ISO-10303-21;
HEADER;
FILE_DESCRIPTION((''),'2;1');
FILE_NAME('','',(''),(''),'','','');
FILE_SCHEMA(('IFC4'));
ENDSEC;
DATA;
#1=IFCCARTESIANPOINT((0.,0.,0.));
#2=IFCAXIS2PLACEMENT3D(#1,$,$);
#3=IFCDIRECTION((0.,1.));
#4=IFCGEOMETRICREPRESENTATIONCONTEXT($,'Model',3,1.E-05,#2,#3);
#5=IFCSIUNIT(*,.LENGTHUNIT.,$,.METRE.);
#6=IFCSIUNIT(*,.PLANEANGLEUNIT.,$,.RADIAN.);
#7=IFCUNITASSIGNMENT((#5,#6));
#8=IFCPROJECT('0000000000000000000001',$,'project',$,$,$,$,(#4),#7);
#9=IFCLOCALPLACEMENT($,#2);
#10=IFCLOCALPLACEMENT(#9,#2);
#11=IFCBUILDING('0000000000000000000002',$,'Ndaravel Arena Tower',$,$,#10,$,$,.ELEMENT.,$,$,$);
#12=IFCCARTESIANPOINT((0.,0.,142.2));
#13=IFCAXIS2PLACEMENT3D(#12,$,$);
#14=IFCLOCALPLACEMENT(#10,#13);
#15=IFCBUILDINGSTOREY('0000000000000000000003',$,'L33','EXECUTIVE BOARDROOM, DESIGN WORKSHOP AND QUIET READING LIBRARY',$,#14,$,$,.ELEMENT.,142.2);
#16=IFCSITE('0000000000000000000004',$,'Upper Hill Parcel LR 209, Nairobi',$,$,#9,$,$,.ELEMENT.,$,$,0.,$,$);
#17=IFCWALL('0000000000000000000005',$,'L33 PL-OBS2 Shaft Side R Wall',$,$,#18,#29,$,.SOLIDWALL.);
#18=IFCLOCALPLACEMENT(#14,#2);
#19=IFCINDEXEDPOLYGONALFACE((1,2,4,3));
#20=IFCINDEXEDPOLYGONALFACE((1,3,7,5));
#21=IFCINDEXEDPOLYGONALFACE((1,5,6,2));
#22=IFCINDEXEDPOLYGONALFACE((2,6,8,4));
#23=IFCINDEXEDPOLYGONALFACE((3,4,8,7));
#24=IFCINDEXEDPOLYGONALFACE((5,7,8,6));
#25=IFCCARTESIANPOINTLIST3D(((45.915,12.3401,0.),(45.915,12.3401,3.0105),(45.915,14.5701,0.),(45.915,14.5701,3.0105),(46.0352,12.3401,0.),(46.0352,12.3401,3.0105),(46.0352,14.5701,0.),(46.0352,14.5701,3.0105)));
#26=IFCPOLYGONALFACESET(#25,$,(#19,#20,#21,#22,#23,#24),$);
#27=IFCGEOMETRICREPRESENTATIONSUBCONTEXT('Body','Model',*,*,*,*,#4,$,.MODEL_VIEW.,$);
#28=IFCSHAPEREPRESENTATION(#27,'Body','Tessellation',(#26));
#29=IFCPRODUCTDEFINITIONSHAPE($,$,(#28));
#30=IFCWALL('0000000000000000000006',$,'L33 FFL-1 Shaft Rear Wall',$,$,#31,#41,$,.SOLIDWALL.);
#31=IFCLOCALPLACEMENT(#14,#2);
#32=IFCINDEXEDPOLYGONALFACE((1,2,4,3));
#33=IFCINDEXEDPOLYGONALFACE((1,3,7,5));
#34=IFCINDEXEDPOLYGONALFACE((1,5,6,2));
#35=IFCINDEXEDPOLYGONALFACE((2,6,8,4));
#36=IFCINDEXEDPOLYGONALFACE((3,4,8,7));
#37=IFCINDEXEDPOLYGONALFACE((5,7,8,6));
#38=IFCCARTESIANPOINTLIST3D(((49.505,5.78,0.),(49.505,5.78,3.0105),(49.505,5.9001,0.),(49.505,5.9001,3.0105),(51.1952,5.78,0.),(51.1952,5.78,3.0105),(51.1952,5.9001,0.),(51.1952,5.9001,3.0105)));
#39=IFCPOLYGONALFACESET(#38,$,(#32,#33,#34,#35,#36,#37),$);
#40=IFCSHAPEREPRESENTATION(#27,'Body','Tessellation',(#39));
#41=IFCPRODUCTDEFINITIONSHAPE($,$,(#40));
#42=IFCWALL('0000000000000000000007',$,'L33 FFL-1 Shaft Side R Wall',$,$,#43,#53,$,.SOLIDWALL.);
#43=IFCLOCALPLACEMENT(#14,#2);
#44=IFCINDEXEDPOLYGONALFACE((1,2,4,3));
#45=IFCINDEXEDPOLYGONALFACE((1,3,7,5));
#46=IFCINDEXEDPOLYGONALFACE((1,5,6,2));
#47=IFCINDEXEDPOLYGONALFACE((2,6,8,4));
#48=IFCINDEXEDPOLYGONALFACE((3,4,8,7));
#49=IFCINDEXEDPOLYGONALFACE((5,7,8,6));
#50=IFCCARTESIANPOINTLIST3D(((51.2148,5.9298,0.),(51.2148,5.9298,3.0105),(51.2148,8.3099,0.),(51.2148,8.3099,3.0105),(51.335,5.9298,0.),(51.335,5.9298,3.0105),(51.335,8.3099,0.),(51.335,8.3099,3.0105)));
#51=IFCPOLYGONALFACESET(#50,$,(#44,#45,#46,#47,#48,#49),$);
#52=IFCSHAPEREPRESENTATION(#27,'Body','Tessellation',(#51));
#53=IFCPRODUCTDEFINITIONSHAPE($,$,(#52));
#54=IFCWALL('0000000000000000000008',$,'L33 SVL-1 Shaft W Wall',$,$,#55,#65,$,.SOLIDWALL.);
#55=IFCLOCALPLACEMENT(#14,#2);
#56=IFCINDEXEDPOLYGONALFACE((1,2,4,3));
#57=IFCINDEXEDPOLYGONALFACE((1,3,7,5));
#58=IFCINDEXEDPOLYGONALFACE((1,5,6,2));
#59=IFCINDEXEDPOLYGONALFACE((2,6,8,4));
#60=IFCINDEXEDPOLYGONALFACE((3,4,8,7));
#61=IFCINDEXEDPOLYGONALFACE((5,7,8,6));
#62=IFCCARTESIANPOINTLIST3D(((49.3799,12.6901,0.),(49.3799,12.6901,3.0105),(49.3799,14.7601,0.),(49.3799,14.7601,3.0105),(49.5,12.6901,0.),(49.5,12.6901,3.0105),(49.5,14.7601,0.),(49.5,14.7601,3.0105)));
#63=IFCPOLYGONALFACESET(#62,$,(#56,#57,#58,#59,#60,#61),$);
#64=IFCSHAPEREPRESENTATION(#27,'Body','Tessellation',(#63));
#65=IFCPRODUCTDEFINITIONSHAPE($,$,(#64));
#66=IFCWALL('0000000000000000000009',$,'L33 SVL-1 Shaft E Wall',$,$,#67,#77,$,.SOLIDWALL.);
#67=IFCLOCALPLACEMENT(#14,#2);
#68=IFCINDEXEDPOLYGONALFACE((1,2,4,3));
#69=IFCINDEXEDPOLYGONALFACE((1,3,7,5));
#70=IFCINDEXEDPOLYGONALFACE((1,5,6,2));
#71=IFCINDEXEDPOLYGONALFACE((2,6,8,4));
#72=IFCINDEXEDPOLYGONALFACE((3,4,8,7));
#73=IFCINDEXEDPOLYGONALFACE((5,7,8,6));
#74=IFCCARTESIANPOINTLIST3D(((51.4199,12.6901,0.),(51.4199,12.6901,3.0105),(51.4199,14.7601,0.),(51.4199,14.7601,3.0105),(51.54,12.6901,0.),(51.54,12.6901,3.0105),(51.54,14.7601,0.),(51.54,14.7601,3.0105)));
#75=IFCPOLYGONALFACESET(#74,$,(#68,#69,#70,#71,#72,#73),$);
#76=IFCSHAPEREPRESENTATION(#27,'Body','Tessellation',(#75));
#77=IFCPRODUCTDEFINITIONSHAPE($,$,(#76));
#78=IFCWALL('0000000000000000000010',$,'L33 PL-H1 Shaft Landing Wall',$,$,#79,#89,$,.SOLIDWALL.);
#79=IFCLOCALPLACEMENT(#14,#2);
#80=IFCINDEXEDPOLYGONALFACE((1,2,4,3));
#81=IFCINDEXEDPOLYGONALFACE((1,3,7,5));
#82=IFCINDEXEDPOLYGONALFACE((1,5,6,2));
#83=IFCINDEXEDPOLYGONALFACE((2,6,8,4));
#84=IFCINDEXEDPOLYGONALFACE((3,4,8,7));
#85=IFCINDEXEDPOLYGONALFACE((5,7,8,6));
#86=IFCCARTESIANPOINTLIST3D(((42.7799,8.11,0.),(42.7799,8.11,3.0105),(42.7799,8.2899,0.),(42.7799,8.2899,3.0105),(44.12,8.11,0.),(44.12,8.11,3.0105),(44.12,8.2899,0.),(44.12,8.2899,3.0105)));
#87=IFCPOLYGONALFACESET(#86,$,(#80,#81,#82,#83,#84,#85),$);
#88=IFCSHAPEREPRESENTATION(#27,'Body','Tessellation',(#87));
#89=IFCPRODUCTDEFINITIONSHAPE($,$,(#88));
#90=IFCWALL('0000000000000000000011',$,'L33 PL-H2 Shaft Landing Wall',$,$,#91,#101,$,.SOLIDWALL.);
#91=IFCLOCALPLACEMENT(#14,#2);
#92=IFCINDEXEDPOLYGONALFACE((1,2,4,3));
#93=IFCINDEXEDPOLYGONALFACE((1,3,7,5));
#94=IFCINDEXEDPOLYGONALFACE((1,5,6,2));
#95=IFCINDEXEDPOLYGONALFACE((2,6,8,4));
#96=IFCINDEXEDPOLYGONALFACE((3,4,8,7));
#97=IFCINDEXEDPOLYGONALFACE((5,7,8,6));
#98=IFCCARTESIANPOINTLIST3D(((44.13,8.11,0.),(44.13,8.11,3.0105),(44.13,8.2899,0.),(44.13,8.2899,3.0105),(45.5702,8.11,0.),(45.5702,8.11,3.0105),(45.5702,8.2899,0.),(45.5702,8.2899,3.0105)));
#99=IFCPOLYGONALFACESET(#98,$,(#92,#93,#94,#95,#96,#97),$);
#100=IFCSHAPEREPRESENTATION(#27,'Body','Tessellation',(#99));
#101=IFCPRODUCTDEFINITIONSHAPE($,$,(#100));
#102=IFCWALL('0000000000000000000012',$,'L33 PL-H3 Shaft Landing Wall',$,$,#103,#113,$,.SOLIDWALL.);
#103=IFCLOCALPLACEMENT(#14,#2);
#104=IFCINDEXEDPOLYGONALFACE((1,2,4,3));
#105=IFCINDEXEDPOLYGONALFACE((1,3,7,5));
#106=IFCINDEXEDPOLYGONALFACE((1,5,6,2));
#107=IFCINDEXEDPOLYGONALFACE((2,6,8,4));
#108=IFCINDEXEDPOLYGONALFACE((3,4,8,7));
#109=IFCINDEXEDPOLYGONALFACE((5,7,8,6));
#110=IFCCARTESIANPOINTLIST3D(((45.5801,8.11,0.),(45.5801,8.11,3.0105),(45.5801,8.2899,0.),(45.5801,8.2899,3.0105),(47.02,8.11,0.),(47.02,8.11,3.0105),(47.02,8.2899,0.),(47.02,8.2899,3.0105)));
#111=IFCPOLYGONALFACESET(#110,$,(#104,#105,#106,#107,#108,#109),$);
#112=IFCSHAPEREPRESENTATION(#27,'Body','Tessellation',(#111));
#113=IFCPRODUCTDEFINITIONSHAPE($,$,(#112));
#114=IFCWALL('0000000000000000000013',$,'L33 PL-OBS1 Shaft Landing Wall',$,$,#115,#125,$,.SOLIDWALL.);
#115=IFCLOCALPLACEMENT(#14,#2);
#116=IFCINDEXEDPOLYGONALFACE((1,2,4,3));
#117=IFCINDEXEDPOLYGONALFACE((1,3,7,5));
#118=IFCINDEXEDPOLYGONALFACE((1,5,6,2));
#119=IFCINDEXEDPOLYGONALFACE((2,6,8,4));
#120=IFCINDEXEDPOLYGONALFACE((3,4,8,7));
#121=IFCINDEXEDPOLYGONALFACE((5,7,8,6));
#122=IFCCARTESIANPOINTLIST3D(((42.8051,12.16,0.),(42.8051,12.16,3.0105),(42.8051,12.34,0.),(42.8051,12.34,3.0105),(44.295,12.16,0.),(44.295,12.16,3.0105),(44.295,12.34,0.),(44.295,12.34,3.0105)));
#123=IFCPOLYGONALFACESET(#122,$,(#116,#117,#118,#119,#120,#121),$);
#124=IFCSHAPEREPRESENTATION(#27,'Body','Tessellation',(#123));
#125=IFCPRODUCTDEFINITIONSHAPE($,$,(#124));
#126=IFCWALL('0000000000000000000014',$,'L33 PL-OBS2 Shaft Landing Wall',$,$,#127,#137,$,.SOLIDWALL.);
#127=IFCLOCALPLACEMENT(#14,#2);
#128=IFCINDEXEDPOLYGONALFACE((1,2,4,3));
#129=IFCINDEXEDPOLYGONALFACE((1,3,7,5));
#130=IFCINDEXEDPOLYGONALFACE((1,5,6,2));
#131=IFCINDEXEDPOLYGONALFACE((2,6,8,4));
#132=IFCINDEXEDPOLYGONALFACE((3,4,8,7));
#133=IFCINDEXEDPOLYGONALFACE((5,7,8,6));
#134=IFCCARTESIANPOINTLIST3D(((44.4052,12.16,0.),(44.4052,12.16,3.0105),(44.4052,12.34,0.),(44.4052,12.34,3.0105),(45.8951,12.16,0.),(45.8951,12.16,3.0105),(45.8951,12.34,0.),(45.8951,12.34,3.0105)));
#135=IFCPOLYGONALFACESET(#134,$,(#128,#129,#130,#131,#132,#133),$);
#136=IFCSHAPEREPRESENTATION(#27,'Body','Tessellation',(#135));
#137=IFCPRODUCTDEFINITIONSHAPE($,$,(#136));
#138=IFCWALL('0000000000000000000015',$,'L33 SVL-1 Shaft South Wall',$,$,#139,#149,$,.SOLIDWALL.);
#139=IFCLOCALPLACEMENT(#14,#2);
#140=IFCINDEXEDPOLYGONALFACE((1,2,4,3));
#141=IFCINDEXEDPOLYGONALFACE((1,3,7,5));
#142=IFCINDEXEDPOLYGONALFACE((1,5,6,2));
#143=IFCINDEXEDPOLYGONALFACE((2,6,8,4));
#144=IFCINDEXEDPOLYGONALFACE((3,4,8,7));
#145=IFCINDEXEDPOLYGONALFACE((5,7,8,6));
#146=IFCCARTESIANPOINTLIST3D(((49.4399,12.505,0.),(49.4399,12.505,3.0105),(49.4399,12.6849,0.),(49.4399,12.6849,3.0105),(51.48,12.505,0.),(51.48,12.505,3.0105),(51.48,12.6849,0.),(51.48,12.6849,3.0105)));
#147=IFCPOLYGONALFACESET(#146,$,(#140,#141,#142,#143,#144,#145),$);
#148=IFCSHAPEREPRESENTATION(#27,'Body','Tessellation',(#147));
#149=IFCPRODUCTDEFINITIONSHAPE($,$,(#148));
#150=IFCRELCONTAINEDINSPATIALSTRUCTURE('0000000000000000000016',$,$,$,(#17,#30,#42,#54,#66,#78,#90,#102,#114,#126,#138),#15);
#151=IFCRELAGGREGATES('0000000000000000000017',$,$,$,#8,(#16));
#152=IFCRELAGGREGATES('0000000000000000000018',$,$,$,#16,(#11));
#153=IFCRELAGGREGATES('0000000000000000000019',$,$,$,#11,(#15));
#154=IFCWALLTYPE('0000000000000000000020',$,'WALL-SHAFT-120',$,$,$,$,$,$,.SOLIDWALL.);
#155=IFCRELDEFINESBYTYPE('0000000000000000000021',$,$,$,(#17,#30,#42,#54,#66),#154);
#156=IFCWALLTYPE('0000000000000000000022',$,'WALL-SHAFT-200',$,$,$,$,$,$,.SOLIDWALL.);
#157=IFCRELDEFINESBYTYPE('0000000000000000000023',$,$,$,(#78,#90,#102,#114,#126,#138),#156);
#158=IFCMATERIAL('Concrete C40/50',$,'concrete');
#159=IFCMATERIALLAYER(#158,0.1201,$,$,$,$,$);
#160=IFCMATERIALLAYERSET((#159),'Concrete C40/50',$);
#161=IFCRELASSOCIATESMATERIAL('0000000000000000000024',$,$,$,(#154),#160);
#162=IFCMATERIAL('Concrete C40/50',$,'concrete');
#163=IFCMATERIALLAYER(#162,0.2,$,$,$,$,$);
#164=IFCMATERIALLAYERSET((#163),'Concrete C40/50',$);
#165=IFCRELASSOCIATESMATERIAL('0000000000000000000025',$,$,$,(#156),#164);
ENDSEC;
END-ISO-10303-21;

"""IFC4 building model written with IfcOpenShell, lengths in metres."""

from ifc_helpers import new_model, si_unit, direction, frame, frame_2d, origin, place, context, subcontext, project, spatial, rectangle, extrude, material, layer, layer_set, type_object, element, save


model = new_model("IFC4")

# Units and contexts
model_context = context("Model", 3, precision=1e-05, world=origin(), true_north=direction((0.0, 1.0)))
body_context = subcontext(model_context, "Body", "Model", "MODEL_VIEW")
ifc_project = project(units=[si_unit("LENGTHUNIT", "METRE"), si_unit("PLANEANGLEUNIT", "RADIAN")], contexts=[model_context])

# Site, building, storey
site_placement = place(None, origin())
site = spatial("IfcSite", under=ifc_project, at=site_placement, Name="Upper Hill Parcel LR 209, Nairobi", CompositionType="ELEMENT", RefElevation=0.0)
building_placement = place(site_placement, origin())
building = spatial("IfcBuilding", under=site, at=building_placement, Name="Ndaravel Arena Tower", CompositionType="ELEMENT")
storey_placement = place(building_placement, frame((0.0, 0.0, 142.2)))
storey = spatial("IfcBuildingStorey", under=building, at=storey_placement, Name="L33", Description="EXECUTIVE BOARDROOM, DESIGN WORKSHOP AND QUIET READING LIBRARY", CompositionType="ELEMENT", Elevation=142.2)

# Walls
ifc_material_1 = material(Name="Concrete C40/50", Category="concrete")
ifc_layer_1 = layer(ifc_material_1, 0.1201)
ifc_layer_set_1 = layer_set([ifc_layer_1], Name="Concrete C40/50")
wall_type_1 = type_object("IfcWallType", Name="WALL-SHAFT-120", PredefinedType="SOLIDWALL", material=ifc_layer_set_1)
wall_1_placement = place(storey_placement, frame((45.9751, 12.3401, 0.0), z_axis=(0.0, 0.0, 1.0), x_axis=(0.0, 1.0, 0.0)))
element("IfcWall", 1, at=wall_1_placement, inside=storey, type_object=wall_type_1, Name="L33 PL-OBS2 Shaft Side R Wall", PredefinedType="SOLIDWALL", context=body_context, shape_type="SweptSolid", body=[
    extrude(rectangle(XDim=2.23, YDim=0.1201, at=frame_2d((1.115, 0.0))), origin(), (0.0, 0.0, 1.0), 3.0105),
])
wall_2_placement = place(storey_placement, frame((49.5049, 5.8401, 0.0), z_axis=(0.0, 0.0, 1.0), x_axis=(1.0, 0.0, 0.0)))
element("IfcWall", 2, at=wall_2_placement, inside=storey, type_object=wall_type_1, Name="L33 FFL-1 Shaft Rear Wall", PredefinedType="SOLIDWALL", context=body_context, shape_type="SweptSolid", body=[
    extrude(rectangle(XDim=1.6902, YDim=0.1201, at=frame_2d((0.8452, 0.0))), origin(), (0.0, 0.0, 1.0), 3.0105),
])
wall_3_placement = place(storey_placement, frame((51.2749, 5.9299, 0.0), z_axis=(0.0, 0.0, 1.0), x_axis=(0.0, 1.0, 0.0)))
element("IfcWall", 3, at=wall_3_placement, inside=storey, type_object=wall_type_1, Name="L33 FFL-1 Shaft Side R Wall", PredefinedType="SOLIDWALL", context=body_context, shape_type="SweptSolid", body=[
    extrude(rectangle(XDim=2.3801, YDim=0.1201, at=frame_2d((1.1899, 0.0))), origin(), (0.0, 0.0, 1.0), 3.0105),
])
for number, where, z_axis, x_axis, name in (
    (4, (49.4399, 12.6899, 0.0), (0.0, 0.0, 1.0), (0.0, 1.0, 0.0), "L33 SVL-1 Shaft W Wall"),
    (5, (51.48, 12.6899, 0.0), (0.0, 0.0, 1.0), (0.0, 1.0, 0.0), "L33 SVL-1 Shaft E Wall"),
):
    element("IfcWall", number, at=place(storey_placement, frame(where, z_axis=z_axis, x_axis=x_axis)), inside=storey, type_object=wall_type_1, Name=name, PredefinedType="SOLIDWALL", context=body_context, shape_type="SweptSolid", body=[
        extrude(rectangle(XDim=2.0701, YDim=0.1201, at=frame_2d((1.0352, 0.0))), origin(), (0.0, 0.0, 1.0), 3.0105),
    ])
ifc_material_2 = material(Name="Concrete C40/50", Category="concrete")
ifc_layer_2 = layer(ifc_material_2, 0.2)
ifc_layer_set_2 = layer_set([ifc_layer_2], Name="Concrete C40/50")
wall_type_2 = type_object("IfcWallType", Name="WALL-SHAFT-200", PredefinedType="SOLIDWALL", material=ifc_layer_set_2)
wall_4_placement = place(storey_placement, frame((42.78, 8.2, 0.0), z_axis=(0.0, 0.0, 1.0), x_axis=(1.0, 0.0, 0.0)))
element("IfcWall", 6, at=wall_4_placement, inside=storey, type_object=wall_type_2, Name="L33 PL-H1 Shaft Landing Wall", PredefinedType="SOLIDWALL", context=body_context, shape_type="SweptSolid", body=[
    extrude(rectangle(XDim=1.3401, YDim=0.1799, at=frame_2d((0.6699, 0.0))), origin(), (0.0, 0.0, 1.0), 3.0105),
])
wall_5_placement = place(storey_placement, frame((44.1299, 8.2, 0.0), z_axis=(0.0, 0.0, 1.0), x_axis=(1.0, 0.0, 0.0)))
element("IfcWall", 7, at=wall_5_placement, inside=storey, type_object=wall_type_2, Name="L33 PL-H2 Shaft Landing Wall", PredefinedType="SOLIDWALL", context=body_context, shape_type="SweptSolid", body=[
    extrude(rectangle(XDim=1.4402, YDim=0.1799, at=frame_2d((0.7202, 0.0))), origin(), (0.0, 0.0, 1.0), 3.0105),
])
wall_6_placement = place(storey_placement, frame((45.5801, 8.2, 0.0), z_axis=(0.0, 0.0, 1.0), x_axis=(1.0, 0.0, 0.0)))
element("IfcWall", 8, at=wall_6_placement, inside=storey, type_object=wall_type_2, Name="L33 PL-H3 Shaft Landing Wall", PredefinedType="SOLIDWALL", context=body_context, shape_type="SweptSolid", body=[
    extrude(rectangle(XDim=1.4399, YDim=0.1799, at=frame_2d((0.72, 0.0))), origin(), (0.0, 0.0, 1.0), 3.0105),
])
for number, where, z_axis, x_axis, name in (
    (9, (42.8049, 12.25, 0.0), (0.0, 0.0, 1.0), (1.0, 0.0, 0.0), "L33 PL-OBS1 Shaft Landing Wall"),
    (10, (44.405, 12.25, 0.0), (0.0, 0.0, 1.0), (1.0, 0.0, 0.0), "L33 PL-OBS2 Shaft Landing Wall"),
):
    element("IfcWall", number, at=place(storey_placement, frame(where, z_axis=z_axis, x_axis=x_axis)), inside=storey, type_object=wall_type_2, Name=name, PredefinedType="SOLIDWALL", context=body_context, shape_type="SweptSolid", body=[
        extrude(rectangle(XDim=1.49, YDim=0.1799, at=frame_2d((0.7451, 0.0))), origin(), (0.0, 0.0, 1.0), 3.0105),
    ])

# Wall
wall_7_placement = place(storey_placement, frame((49.4399, 12.595, 0.0), z_axis=(0.0, 0.0, 1.0), x_axis=(1.0, 0.0, 0.0)))
element("IfcWall", 11, at=wall_7_placement, inside=storey, type_object=wall_type_2, Name="L33 SVL-1 Shaft South Wall", PredefinedType="SOLIDWALL", context=body_context, shape_type="SweptSolid", body=[
    extrude(rectangle(XDim=2.04, YDim=0.1799, at=frame_2d((1.02, 0.0))), origin(), (0.0, 0.0, 1.0), 3.0105),
])

save(model, "model.ifc")
